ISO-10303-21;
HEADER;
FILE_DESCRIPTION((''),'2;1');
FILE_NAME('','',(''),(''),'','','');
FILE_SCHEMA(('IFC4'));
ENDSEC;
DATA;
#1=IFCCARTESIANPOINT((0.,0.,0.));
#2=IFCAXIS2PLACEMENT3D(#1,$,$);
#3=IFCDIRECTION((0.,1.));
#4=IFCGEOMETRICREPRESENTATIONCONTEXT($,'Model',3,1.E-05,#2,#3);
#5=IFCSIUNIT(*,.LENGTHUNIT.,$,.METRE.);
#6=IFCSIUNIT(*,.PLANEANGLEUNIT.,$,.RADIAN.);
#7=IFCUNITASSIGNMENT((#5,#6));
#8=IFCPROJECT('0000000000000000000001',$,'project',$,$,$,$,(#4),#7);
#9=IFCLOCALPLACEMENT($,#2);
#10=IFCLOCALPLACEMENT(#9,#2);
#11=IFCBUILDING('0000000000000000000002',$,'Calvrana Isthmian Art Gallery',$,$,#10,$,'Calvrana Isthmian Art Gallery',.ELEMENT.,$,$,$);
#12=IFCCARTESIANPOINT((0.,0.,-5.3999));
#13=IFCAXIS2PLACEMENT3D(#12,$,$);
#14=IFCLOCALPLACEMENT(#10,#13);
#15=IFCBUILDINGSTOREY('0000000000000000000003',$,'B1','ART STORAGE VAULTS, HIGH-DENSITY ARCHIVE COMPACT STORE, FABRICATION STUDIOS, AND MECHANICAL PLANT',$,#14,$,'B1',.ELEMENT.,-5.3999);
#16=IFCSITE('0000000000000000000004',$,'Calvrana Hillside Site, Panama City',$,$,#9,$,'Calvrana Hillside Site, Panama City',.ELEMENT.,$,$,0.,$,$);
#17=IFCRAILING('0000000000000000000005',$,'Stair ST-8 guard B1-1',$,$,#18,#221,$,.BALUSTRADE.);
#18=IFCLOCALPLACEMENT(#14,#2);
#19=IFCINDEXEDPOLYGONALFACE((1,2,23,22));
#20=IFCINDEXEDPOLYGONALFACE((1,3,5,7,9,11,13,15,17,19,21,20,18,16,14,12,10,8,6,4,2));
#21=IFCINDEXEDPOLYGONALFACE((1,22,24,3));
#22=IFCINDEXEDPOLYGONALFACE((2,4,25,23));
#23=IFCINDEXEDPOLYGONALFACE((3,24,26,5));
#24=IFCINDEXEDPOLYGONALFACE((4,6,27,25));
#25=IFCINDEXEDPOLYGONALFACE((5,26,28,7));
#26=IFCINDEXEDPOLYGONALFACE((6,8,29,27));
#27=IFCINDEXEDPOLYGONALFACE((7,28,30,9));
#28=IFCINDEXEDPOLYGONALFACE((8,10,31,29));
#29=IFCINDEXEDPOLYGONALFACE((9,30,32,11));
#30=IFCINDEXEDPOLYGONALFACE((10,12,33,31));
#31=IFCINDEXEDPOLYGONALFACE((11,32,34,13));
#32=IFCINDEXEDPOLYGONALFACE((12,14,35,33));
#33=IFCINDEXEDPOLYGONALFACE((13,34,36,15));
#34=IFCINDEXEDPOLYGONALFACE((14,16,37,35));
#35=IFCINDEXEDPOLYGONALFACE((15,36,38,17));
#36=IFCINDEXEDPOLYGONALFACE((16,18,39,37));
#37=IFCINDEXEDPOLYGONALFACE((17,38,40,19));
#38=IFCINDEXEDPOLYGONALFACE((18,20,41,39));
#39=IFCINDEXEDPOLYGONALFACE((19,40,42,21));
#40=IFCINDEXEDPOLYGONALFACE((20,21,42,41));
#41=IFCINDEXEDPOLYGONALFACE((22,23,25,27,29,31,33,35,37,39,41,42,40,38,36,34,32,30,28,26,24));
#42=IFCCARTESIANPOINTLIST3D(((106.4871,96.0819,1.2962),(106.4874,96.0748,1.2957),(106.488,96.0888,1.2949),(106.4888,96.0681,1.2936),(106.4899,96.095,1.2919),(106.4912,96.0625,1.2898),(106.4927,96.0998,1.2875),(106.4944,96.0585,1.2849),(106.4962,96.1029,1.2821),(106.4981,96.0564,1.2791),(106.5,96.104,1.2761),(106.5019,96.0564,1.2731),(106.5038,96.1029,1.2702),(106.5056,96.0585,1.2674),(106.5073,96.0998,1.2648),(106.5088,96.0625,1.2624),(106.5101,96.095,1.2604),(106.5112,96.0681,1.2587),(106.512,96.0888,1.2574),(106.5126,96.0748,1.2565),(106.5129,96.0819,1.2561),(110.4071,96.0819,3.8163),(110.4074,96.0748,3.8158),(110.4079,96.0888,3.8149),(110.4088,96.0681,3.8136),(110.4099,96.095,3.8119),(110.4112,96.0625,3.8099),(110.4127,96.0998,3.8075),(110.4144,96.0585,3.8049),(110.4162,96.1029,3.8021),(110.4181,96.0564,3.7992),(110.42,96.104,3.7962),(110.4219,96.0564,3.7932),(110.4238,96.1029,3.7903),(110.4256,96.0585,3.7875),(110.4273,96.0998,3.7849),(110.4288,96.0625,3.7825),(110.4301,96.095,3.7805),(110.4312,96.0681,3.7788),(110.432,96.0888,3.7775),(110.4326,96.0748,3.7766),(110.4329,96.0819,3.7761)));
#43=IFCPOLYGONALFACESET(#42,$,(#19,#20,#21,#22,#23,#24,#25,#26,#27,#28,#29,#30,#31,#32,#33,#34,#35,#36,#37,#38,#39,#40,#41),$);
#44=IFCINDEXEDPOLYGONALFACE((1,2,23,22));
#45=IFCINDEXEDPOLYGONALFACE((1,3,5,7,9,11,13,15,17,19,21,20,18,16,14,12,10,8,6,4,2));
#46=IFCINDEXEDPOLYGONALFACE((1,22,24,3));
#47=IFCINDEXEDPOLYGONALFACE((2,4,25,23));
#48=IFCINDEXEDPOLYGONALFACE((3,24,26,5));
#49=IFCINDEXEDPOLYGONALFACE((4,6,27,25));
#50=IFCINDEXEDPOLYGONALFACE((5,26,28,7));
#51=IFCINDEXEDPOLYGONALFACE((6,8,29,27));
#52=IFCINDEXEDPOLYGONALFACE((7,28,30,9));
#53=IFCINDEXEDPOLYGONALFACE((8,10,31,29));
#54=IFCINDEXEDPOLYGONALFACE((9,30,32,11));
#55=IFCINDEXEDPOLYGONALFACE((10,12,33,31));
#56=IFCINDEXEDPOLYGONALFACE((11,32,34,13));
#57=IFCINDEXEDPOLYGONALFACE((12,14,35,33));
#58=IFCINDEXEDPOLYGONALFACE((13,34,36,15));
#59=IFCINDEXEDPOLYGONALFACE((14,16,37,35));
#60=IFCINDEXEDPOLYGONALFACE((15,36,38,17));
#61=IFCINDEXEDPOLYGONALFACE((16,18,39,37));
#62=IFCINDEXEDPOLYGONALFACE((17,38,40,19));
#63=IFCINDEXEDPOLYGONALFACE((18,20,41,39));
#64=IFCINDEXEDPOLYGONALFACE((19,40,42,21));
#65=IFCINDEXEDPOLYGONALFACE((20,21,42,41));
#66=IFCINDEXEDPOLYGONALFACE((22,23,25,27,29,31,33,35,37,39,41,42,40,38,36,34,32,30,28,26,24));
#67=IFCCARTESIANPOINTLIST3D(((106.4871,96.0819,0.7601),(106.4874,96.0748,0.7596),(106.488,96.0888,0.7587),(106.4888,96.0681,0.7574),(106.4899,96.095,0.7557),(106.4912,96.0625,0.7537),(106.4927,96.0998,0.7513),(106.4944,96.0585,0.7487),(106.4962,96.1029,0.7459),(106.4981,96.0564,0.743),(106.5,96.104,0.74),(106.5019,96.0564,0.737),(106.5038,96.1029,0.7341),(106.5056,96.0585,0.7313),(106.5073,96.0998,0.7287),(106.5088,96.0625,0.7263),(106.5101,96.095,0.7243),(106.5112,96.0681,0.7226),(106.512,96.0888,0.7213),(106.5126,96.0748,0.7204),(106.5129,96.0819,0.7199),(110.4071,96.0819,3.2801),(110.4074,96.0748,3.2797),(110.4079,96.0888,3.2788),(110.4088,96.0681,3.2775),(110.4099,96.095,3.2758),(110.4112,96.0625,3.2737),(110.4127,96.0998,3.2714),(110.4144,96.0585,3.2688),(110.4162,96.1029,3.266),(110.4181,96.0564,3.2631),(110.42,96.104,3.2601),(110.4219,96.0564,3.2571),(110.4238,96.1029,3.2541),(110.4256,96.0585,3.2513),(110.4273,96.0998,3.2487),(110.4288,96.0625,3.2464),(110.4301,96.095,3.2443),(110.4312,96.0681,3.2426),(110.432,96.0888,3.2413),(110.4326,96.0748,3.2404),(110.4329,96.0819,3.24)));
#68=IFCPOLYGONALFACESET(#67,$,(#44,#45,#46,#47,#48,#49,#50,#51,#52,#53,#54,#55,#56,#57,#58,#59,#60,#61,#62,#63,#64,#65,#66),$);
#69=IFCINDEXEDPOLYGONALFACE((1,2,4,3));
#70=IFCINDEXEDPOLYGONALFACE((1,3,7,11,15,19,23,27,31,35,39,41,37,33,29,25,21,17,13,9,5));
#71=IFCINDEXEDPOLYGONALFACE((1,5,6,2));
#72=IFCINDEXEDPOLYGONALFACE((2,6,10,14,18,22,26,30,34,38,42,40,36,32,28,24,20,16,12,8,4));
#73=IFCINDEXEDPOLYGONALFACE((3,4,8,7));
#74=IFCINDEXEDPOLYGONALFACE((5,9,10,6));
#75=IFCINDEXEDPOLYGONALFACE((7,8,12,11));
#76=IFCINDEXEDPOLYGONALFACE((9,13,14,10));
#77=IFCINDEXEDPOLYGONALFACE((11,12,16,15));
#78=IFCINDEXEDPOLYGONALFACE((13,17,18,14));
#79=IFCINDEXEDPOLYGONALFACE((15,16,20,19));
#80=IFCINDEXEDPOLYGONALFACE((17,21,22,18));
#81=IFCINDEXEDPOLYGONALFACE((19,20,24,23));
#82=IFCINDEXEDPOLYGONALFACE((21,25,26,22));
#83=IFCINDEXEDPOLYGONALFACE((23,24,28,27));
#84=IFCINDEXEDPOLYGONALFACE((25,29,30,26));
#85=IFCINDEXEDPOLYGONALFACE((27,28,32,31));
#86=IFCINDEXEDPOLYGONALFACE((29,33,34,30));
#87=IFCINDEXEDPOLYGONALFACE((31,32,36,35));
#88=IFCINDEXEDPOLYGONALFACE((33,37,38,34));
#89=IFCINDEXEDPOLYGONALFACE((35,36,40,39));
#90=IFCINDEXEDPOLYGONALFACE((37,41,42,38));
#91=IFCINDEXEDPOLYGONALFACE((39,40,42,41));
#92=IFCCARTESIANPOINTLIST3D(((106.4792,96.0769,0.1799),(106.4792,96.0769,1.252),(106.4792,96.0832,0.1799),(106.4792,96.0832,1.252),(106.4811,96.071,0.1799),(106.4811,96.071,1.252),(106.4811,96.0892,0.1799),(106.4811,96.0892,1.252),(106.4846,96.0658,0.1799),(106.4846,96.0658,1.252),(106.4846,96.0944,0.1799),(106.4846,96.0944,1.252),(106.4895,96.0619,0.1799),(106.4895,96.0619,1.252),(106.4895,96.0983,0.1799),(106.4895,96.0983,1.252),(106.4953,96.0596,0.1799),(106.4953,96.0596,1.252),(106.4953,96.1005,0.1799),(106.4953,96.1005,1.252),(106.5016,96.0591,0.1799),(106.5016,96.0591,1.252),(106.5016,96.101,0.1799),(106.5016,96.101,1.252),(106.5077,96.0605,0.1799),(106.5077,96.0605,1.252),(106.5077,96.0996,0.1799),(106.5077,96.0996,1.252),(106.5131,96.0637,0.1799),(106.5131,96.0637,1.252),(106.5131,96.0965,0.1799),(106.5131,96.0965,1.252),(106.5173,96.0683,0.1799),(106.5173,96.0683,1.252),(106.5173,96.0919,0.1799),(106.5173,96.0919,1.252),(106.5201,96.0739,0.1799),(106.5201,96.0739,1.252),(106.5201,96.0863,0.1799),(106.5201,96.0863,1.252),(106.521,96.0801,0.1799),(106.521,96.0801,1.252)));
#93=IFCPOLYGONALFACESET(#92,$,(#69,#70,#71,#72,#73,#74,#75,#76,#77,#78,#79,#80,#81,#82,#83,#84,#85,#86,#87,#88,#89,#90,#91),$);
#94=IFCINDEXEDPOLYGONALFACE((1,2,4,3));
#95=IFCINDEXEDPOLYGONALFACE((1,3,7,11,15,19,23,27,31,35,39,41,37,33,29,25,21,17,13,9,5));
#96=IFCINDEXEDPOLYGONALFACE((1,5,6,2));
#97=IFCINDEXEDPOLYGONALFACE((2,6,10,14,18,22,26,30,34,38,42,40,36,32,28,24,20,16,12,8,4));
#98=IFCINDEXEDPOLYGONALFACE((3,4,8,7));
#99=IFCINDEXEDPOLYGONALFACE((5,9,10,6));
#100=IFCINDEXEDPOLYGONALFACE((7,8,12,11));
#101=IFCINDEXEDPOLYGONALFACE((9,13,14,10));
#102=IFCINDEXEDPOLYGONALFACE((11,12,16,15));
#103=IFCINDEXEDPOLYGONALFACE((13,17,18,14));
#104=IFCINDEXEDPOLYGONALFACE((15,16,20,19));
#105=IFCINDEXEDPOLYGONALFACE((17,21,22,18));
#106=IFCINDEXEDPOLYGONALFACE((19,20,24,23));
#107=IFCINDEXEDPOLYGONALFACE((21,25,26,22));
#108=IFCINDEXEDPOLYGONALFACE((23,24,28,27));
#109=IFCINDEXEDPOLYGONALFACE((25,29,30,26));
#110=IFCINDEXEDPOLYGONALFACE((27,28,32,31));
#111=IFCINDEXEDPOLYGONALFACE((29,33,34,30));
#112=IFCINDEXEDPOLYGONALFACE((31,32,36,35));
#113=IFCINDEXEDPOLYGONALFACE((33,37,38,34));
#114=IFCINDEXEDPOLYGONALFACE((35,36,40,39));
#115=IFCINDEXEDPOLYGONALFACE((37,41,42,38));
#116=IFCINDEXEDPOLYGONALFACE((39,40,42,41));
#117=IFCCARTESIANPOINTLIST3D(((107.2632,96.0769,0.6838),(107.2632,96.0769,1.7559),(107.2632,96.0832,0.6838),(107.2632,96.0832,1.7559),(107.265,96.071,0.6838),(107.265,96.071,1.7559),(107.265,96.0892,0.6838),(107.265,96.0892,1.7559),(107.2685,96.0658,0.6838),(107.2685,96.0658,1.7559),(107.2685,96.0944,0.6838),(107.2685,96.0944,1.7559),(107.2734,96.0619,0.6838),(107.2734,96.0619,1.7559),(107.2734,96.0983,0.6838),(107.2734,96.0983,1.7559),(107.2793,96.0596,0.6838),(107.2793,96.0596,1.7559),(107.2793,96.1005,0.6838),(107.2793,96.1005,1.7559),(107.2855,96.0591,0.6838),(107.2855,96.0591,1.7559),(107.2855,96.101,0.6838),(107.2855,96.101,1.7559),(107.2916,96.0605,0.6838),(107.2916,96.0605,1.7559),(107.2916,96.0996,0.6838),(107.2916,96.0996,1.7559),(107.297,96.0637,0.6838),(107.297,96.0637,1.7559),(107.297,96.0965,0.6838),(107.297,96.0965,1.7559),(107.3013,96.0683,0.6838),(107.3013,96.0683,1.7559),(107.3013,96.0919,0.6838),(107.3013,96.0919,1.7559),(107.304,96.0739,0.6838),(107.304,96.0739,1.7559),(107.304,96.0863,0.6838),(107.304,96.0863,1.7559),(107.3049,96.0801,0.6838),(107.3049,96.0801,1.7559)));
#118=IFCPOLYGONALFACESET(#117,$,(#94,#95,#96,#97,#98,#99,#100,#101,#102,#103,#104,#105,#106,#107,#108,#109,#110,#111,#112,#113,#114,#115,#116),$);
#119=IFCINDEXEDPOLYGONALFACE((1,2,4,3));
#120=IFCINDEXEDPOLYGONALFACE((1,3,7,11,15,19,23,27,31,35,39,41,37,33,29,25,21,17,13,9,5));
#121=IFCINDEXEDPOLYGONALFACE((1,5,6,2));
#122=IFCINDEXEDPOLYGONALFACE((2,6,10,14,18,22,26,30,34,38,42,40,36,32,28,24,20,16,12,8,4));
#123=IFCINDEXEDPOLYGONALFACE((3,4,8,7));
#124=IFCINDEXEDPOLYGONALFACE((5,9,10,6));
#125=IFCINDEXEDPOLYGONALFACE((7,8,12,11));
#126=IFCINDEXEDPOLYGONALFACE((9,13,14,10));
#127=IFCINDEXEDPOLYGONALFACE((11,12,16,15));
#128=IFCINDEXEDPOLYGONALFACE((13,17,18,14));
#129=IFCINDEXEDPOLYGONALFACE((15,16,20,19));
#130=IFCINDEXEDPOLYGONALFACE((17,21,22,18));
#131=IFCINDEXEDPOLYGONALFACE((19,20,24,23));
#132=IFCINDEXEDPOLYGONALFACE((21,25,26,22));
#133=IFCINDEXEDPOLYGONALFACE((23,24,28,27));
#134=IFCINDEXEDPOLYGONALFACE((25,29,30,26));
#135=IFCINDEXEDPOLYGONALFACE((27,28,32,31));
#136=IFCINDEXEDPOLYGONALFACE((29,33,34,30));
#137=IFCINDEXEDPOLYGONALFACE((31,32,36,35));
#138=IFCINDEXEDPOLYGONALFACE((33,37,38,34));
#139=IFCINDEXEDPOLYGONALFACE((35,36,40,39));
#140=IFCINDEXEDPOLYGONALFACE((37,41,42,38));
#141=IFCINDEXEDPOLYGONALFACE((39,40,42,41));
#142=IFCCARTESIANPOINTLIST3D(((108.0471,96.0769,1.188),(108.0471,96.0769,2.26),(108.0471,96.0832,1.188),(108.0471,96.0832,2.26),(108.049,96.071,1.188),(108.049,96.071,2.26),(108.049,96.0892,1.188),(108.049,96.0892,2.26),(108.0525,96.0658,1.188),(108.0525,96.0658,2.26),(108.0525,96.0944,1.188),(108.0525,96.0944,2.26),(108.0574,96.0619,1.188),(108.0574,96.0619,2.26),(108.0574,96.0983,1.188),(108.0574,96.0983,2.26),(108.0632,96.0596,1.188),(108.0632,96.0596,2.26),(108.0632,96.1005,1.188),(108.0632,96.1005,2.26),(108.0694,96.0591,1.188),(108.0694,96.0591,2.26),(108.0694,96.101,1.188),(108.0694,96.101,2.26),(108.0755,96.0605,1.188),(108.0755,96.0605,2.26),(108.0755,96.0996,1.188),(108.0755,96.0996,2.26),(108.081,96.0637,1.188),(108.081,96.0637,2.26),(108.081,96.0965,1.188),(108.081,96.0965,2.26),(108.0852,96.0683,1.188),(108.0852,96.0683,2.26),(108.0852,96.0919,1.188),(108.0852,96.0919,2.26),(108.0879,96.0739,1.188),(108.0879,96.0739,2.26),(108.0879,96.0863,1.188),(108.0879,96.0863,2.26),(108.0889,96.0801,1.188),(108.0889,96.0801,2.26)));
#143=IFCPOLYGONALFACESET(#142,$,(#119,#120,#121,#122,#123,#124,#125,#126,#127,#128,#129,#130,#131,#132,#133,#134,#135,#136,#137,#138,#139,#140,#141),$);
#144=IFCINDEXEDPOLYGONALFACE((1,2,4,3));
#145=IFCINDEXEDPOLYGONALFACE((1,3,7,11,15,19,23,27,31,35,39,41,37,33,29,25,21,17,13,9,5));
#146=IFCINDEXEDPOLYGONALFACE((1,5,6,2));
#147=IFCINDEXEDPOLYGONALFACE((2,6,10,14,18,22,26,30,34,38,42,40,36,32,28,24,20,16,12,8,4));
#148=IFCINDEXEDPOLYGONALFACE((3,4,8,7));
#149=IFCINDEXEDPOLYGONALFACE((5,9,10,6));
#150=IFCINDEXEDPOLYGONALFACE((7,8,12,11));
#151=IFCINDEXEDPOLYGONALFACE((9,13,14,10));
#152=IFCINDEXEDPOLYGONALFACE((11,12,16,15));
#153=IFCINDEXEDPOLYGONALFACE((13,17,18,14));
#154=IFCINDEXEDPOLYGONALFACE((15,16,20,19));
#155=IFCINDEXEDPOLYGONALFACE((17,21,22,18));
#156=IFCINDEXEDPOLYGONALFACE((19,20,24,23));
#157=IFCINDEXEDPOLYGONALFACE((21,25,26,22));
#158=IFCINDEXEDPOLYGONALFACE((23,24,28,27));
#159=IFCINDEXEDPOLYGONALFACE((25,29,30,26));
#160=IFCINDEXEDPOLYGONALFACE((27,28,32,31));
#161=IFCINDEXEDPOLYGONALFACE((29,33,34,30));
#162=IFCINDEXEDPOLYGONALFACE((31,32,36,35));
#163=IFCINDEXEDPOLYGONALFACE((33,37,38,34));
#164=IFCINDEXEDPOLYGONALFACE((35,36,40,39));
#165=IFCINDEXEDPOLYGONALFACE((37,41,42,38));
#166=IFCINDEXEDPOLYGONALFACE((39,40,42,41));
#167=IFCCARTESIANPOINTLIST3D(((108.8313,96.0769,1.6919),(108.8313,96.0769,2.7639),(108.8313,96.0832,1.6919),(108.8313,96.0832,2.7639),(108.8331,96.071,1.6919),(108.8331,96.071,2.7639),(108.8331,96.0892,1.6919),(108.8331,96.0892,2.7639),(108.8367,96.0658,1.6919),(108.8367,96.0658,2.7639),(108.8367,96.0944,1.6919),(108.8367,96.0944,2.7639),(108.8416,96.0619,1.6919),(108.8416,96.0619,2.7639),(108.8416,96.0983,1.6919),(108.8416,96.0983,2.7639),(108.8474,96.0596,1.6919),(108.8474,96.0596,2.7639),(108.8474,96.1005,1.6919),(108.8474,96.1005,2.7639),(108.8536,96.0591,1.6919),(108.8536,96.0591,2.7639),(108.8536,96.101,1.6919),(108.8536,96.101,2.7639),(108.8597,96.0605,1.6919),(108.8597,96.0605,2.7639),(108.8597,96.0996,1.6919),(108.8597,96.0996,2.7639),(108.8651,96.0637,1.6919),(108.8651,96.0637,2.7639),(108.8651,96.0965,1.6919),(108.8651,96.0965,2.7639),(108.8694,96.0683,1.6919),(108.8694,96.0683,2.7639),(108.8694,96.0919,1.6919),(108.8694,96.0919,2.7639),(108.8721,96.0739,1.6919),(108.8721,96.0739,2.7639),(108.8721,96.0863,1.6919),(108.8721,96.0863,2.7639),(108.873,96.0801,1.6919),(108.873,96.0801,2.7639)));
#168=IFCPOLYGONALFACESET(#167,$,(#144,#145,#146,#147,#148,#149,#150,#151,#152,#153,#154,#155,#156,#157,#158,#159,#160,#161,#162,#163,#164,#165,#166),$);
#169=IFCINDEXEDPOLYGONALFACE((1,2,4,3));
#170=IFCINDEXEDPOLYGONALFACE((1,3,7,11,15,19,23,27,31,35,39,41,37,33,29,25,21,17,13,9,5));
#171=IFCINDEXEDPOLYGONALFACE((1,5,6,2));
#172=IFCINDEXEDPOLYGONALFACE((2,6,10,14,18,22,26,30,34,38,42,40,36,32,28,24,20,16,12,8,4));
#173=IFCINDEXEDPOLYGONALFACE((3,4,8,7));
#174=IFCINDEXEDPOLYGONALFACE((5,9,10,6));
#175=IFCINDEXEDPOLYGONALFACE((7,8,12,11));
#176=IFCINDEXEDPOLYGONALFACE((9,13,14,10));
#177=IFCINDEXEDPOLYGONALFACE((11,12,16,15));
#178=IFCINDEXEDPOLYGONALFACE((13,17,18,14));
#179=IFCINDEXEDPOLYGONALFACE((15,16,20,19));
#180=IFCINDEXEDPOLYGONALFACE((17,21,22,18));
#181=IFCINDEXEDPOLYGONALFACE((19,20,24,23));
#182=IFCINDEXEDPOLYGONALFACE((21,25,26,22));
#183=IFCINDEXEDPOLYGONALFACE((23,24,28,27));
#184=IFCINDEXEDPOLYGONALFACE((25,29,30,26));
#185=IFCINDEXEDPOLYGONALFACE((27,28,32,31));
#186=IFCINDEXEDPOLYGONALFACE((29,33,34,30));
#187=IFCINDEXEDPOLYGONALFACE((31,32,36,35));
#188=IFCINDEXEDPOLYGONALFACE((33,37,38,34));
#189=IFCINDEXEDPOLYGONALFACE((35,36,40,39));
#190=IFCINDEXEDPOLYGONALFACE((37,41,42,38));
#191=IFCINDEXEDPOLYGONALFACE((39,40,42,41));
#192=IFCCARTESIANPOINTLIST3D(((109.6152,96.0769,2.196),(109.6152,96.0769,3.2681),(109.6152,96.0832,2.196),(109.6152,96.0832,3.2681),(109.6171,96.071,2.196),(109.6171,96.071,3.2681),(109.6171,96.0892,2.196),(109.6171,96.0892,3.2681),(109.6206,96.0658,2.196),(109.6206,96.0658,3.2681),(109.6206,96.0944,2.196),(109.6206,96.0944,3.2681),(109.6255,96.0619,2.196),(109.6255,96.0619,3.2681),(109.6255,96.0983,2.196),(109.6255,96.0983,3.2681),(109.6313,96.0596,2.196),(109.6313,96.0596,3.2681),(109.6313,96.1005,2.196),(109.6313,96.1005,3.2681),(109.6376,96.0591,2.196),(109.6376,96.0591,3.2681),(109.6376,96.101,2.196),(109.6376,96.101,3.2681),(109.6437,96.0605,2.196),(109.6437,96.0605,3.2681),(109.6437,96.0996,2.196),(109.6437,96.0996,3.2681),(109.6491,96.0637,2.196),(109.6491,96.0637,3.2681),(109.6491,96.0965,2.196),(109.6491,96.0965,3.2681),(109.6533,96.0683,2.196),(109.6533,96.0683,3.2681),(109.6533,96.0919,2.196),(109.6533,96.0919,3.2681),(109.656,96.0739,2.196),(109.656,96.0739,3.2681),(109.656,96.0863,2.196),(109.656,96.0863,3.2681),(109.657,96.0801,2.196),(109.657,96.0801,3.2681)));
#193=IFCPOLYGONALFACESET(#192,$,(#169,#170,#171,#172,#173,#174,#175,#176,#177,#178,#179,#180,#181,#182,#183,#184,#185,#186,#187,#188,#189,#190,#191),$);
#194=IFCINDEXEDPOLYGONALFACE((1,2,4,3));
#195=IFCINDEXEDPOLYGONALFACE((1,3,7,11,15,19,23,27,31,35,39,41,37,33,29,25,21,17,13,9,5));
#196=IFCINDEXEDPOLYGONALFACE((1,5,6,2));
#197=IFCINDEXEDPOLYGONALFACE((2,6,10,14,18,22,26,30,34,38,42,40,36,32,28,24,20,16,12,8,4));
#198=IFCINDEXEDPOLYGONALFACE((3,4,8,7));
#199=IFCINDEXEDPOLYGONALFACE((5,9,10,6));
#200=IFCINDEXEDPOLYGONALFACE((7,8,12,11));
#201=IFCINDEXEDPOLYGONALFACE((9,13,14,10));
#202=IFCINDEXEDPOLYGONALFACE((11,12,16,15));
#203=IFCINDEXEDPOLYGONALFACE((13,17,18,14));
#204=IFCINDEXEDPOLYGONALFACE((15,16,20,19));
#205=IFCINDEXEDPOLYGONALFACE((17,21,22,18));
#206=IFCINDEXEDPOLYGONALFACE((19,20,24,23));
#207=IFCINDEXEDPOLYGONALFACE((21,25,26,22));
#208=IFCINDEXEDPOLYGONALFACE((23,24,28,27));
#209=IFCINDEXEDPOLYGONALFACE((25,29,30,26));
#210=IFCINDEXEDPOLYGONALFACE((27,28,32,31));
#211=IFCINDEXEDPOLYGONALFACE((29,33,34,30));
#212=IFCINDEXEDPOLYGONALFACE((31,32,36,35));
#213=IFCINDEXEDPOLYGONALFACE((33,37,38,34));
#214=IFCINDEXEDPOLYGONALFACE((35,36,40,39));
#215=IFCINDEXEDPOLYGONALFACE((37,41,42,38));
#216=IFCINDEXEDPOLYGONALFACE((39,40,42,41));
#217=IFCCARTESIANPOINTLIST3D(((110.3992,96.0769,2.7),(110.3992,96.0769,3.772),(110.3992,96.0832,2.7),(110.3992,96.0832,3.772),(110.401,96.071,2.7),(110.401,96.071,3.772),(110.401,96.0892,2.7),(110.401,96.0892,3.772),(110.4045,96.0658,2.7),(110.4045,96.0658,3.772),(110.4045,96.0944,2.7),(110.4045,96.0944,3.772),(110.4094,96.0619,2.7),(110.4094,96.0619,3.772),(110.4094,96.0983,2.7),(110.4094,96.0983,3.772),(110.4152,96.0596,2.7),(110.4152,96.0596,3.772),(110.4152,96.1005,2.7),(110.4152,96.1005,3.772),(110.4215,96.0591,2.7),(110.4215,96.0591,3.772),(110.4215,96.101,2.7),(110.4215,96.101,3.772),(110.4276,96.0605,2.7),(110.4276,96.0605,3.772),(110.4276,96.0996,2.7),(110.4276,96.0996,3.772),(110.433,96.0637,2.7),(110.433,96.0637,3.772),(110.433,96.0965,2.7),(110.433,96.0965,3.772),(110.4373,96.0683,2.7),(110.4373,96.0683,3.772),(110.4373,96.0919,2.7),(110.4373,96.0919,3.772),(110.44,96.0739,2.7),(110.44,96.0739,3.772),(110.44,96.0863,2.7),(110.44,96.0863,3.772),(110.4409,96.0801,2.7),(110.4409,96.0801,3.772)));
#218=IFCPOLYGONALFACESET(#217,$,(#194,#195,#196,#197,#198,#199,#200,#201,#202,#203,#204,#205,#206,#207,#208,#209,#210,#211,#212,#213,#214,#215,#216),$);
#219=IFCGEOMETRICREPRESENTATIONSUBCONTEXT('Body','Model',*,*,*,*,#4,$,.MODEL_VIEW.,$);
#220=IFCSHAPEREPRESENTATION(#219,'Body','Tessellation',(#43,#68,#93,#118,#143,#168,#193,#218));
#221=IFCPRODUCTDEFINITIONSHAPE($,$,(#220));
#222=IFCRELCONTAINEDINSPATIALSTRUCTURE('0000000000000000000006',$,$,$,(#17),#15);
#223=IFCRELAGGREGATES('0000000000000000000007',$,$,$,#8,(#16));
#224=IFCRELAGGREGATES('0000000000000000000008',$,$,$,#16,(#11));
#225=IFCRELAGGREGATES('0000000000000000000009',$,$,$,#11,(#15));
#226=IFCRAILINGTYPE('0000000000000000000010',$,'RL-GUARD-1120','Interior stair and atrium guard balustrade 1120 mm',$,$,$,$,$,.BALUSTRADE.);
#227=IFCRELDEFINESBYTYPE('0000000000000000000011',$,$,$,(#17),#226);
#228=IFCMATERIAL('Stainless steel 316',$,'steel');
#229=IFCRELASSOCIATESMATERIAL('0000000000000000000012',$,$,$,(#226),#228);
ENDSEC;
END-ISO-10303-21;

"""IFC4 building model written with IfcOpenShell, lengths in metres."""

from ifc_helpers import new_model, si_unit, direction, frame, origin, origin_2d, place, context, subcontext, project, spatial, circle, extrude, material, type_object, element, save


model = new_model("IFC4")

# Units and contexts
model_context = context("Model", 3, precision=1e-05, world=origin(), true_north=direction((0.0, 1.0)))
body_context = subcontext(model_context, "Body", "Model", "MODEL_VIEW")
ifc_project = project(units=[si_unit("LENGTHUNIT", "METRE"), si_unit("PLANEANGLEUNIT", "RADIAN")], contexts=[model_context])

# Site, building, storey
site_placement = place(None, origin())
site = spatial("IfcSite", under=ifc_project, at=site_placement, Name="Calvrana Hillside Site, Panama City", LongName="Calvrana Hillside Site, Panama City", CompositionType="ELEMENT", RefElevation=0.0)
building_placement = place(site_placement, origin())
building = spatial("IfcBuilding", under=site, at=building_placement, Name="Calvrana Isthmian Art Gallery", LongName="Calvrana Isthmian Art Gallery", CompositionType="ELEMENT")
storey_placement = place(building_placement, frame((0.0, 0.0, -5.3999)))
storey = spatial("IfcBuildingStorey", under=building, at=storey_placement, Name="B1", Description="ART STORAGE VAULTS, HIGH-DENSITY ARCHIVE COMPACT STORE, FABRICATION STUDIOS, AND MECHANICAL PLANT", LongName="B1", CompositionType="ELEMENT", Elevation=-5.3999)

# Railing
ifc_material_1 = material(Name="Stainless steel 316", Category="steel")
railing_type_1 = type_object("IfcRailingType", Name="RL-GUARD-1120", Description="Interior stair and atrium guard balustrade 1120 mm", PredefinedType="BALUSTRADE", material=ifc_material_1)
railing_1_placement = place(storey_placement, frame((106.5, 96.0801, 0.1799)))
element("IfcRailing", 1, at=railing_1_placement, inside=storey, type_object=railing_type_1, Name="Stair ST-8 guard B1-1", PredefinedType="BALUSTRADE", context=body_context, shape_type="SweptSolid", body=[
    extrude(circle(Radius=0.0239, at=origin_2d()), frame((0.0, 0.0, 1.0962), z_axis=(0.841172, 0.0, 0.540768), x_axis=(0.0, 1.0, 0.0)), (0.0, 0.0, 1.0), 4.6602),
    extrude(circle(Radius=0.0239, at=origin_2d()), frame((0.0, 0.0, 0.5601), z_axis=(0.841172, 0.0, 0.540768), x_axis=(0.0, 1.0, 0.0)), (0.0, 0.0, 1.0), 4.6602),
    extrude(circle(Radius=0.021, at=origin_2d()), origin(), (0.0, 0.0, 1.0), 1.072),
    extrude(circle(Radius=0.021, at=origin_2d()), frame((0.7839, 0.0, 0.5039)), (0.0, 0.0, 1.0), 1.072),
    extrude(circle(Radius=0.021, at=origin_2d()), frame((1.5679, 0.0, 1.0081)), (0.0, 0.0, 1.0), 1.072),
    extrude(circle(Radius=0.021, at=origin_2d()), frame((2.3521, 0.0, 1.512)), (0.0, 0.0, 1.0), 1.072),
    extrude(circle(Radius=0.021, at=origin_2d()), frame((3.136, 0.0, 2.0161)), (0.0, 0.0, 1.0), 1.072),
    extrude(circle(Radius=0.021, at=origin_2d()), frame((3.9199, 0.0, 2.52)), (0.0, 0.0, 1.0), 1.072),
])

save(model, "model.ifc")
